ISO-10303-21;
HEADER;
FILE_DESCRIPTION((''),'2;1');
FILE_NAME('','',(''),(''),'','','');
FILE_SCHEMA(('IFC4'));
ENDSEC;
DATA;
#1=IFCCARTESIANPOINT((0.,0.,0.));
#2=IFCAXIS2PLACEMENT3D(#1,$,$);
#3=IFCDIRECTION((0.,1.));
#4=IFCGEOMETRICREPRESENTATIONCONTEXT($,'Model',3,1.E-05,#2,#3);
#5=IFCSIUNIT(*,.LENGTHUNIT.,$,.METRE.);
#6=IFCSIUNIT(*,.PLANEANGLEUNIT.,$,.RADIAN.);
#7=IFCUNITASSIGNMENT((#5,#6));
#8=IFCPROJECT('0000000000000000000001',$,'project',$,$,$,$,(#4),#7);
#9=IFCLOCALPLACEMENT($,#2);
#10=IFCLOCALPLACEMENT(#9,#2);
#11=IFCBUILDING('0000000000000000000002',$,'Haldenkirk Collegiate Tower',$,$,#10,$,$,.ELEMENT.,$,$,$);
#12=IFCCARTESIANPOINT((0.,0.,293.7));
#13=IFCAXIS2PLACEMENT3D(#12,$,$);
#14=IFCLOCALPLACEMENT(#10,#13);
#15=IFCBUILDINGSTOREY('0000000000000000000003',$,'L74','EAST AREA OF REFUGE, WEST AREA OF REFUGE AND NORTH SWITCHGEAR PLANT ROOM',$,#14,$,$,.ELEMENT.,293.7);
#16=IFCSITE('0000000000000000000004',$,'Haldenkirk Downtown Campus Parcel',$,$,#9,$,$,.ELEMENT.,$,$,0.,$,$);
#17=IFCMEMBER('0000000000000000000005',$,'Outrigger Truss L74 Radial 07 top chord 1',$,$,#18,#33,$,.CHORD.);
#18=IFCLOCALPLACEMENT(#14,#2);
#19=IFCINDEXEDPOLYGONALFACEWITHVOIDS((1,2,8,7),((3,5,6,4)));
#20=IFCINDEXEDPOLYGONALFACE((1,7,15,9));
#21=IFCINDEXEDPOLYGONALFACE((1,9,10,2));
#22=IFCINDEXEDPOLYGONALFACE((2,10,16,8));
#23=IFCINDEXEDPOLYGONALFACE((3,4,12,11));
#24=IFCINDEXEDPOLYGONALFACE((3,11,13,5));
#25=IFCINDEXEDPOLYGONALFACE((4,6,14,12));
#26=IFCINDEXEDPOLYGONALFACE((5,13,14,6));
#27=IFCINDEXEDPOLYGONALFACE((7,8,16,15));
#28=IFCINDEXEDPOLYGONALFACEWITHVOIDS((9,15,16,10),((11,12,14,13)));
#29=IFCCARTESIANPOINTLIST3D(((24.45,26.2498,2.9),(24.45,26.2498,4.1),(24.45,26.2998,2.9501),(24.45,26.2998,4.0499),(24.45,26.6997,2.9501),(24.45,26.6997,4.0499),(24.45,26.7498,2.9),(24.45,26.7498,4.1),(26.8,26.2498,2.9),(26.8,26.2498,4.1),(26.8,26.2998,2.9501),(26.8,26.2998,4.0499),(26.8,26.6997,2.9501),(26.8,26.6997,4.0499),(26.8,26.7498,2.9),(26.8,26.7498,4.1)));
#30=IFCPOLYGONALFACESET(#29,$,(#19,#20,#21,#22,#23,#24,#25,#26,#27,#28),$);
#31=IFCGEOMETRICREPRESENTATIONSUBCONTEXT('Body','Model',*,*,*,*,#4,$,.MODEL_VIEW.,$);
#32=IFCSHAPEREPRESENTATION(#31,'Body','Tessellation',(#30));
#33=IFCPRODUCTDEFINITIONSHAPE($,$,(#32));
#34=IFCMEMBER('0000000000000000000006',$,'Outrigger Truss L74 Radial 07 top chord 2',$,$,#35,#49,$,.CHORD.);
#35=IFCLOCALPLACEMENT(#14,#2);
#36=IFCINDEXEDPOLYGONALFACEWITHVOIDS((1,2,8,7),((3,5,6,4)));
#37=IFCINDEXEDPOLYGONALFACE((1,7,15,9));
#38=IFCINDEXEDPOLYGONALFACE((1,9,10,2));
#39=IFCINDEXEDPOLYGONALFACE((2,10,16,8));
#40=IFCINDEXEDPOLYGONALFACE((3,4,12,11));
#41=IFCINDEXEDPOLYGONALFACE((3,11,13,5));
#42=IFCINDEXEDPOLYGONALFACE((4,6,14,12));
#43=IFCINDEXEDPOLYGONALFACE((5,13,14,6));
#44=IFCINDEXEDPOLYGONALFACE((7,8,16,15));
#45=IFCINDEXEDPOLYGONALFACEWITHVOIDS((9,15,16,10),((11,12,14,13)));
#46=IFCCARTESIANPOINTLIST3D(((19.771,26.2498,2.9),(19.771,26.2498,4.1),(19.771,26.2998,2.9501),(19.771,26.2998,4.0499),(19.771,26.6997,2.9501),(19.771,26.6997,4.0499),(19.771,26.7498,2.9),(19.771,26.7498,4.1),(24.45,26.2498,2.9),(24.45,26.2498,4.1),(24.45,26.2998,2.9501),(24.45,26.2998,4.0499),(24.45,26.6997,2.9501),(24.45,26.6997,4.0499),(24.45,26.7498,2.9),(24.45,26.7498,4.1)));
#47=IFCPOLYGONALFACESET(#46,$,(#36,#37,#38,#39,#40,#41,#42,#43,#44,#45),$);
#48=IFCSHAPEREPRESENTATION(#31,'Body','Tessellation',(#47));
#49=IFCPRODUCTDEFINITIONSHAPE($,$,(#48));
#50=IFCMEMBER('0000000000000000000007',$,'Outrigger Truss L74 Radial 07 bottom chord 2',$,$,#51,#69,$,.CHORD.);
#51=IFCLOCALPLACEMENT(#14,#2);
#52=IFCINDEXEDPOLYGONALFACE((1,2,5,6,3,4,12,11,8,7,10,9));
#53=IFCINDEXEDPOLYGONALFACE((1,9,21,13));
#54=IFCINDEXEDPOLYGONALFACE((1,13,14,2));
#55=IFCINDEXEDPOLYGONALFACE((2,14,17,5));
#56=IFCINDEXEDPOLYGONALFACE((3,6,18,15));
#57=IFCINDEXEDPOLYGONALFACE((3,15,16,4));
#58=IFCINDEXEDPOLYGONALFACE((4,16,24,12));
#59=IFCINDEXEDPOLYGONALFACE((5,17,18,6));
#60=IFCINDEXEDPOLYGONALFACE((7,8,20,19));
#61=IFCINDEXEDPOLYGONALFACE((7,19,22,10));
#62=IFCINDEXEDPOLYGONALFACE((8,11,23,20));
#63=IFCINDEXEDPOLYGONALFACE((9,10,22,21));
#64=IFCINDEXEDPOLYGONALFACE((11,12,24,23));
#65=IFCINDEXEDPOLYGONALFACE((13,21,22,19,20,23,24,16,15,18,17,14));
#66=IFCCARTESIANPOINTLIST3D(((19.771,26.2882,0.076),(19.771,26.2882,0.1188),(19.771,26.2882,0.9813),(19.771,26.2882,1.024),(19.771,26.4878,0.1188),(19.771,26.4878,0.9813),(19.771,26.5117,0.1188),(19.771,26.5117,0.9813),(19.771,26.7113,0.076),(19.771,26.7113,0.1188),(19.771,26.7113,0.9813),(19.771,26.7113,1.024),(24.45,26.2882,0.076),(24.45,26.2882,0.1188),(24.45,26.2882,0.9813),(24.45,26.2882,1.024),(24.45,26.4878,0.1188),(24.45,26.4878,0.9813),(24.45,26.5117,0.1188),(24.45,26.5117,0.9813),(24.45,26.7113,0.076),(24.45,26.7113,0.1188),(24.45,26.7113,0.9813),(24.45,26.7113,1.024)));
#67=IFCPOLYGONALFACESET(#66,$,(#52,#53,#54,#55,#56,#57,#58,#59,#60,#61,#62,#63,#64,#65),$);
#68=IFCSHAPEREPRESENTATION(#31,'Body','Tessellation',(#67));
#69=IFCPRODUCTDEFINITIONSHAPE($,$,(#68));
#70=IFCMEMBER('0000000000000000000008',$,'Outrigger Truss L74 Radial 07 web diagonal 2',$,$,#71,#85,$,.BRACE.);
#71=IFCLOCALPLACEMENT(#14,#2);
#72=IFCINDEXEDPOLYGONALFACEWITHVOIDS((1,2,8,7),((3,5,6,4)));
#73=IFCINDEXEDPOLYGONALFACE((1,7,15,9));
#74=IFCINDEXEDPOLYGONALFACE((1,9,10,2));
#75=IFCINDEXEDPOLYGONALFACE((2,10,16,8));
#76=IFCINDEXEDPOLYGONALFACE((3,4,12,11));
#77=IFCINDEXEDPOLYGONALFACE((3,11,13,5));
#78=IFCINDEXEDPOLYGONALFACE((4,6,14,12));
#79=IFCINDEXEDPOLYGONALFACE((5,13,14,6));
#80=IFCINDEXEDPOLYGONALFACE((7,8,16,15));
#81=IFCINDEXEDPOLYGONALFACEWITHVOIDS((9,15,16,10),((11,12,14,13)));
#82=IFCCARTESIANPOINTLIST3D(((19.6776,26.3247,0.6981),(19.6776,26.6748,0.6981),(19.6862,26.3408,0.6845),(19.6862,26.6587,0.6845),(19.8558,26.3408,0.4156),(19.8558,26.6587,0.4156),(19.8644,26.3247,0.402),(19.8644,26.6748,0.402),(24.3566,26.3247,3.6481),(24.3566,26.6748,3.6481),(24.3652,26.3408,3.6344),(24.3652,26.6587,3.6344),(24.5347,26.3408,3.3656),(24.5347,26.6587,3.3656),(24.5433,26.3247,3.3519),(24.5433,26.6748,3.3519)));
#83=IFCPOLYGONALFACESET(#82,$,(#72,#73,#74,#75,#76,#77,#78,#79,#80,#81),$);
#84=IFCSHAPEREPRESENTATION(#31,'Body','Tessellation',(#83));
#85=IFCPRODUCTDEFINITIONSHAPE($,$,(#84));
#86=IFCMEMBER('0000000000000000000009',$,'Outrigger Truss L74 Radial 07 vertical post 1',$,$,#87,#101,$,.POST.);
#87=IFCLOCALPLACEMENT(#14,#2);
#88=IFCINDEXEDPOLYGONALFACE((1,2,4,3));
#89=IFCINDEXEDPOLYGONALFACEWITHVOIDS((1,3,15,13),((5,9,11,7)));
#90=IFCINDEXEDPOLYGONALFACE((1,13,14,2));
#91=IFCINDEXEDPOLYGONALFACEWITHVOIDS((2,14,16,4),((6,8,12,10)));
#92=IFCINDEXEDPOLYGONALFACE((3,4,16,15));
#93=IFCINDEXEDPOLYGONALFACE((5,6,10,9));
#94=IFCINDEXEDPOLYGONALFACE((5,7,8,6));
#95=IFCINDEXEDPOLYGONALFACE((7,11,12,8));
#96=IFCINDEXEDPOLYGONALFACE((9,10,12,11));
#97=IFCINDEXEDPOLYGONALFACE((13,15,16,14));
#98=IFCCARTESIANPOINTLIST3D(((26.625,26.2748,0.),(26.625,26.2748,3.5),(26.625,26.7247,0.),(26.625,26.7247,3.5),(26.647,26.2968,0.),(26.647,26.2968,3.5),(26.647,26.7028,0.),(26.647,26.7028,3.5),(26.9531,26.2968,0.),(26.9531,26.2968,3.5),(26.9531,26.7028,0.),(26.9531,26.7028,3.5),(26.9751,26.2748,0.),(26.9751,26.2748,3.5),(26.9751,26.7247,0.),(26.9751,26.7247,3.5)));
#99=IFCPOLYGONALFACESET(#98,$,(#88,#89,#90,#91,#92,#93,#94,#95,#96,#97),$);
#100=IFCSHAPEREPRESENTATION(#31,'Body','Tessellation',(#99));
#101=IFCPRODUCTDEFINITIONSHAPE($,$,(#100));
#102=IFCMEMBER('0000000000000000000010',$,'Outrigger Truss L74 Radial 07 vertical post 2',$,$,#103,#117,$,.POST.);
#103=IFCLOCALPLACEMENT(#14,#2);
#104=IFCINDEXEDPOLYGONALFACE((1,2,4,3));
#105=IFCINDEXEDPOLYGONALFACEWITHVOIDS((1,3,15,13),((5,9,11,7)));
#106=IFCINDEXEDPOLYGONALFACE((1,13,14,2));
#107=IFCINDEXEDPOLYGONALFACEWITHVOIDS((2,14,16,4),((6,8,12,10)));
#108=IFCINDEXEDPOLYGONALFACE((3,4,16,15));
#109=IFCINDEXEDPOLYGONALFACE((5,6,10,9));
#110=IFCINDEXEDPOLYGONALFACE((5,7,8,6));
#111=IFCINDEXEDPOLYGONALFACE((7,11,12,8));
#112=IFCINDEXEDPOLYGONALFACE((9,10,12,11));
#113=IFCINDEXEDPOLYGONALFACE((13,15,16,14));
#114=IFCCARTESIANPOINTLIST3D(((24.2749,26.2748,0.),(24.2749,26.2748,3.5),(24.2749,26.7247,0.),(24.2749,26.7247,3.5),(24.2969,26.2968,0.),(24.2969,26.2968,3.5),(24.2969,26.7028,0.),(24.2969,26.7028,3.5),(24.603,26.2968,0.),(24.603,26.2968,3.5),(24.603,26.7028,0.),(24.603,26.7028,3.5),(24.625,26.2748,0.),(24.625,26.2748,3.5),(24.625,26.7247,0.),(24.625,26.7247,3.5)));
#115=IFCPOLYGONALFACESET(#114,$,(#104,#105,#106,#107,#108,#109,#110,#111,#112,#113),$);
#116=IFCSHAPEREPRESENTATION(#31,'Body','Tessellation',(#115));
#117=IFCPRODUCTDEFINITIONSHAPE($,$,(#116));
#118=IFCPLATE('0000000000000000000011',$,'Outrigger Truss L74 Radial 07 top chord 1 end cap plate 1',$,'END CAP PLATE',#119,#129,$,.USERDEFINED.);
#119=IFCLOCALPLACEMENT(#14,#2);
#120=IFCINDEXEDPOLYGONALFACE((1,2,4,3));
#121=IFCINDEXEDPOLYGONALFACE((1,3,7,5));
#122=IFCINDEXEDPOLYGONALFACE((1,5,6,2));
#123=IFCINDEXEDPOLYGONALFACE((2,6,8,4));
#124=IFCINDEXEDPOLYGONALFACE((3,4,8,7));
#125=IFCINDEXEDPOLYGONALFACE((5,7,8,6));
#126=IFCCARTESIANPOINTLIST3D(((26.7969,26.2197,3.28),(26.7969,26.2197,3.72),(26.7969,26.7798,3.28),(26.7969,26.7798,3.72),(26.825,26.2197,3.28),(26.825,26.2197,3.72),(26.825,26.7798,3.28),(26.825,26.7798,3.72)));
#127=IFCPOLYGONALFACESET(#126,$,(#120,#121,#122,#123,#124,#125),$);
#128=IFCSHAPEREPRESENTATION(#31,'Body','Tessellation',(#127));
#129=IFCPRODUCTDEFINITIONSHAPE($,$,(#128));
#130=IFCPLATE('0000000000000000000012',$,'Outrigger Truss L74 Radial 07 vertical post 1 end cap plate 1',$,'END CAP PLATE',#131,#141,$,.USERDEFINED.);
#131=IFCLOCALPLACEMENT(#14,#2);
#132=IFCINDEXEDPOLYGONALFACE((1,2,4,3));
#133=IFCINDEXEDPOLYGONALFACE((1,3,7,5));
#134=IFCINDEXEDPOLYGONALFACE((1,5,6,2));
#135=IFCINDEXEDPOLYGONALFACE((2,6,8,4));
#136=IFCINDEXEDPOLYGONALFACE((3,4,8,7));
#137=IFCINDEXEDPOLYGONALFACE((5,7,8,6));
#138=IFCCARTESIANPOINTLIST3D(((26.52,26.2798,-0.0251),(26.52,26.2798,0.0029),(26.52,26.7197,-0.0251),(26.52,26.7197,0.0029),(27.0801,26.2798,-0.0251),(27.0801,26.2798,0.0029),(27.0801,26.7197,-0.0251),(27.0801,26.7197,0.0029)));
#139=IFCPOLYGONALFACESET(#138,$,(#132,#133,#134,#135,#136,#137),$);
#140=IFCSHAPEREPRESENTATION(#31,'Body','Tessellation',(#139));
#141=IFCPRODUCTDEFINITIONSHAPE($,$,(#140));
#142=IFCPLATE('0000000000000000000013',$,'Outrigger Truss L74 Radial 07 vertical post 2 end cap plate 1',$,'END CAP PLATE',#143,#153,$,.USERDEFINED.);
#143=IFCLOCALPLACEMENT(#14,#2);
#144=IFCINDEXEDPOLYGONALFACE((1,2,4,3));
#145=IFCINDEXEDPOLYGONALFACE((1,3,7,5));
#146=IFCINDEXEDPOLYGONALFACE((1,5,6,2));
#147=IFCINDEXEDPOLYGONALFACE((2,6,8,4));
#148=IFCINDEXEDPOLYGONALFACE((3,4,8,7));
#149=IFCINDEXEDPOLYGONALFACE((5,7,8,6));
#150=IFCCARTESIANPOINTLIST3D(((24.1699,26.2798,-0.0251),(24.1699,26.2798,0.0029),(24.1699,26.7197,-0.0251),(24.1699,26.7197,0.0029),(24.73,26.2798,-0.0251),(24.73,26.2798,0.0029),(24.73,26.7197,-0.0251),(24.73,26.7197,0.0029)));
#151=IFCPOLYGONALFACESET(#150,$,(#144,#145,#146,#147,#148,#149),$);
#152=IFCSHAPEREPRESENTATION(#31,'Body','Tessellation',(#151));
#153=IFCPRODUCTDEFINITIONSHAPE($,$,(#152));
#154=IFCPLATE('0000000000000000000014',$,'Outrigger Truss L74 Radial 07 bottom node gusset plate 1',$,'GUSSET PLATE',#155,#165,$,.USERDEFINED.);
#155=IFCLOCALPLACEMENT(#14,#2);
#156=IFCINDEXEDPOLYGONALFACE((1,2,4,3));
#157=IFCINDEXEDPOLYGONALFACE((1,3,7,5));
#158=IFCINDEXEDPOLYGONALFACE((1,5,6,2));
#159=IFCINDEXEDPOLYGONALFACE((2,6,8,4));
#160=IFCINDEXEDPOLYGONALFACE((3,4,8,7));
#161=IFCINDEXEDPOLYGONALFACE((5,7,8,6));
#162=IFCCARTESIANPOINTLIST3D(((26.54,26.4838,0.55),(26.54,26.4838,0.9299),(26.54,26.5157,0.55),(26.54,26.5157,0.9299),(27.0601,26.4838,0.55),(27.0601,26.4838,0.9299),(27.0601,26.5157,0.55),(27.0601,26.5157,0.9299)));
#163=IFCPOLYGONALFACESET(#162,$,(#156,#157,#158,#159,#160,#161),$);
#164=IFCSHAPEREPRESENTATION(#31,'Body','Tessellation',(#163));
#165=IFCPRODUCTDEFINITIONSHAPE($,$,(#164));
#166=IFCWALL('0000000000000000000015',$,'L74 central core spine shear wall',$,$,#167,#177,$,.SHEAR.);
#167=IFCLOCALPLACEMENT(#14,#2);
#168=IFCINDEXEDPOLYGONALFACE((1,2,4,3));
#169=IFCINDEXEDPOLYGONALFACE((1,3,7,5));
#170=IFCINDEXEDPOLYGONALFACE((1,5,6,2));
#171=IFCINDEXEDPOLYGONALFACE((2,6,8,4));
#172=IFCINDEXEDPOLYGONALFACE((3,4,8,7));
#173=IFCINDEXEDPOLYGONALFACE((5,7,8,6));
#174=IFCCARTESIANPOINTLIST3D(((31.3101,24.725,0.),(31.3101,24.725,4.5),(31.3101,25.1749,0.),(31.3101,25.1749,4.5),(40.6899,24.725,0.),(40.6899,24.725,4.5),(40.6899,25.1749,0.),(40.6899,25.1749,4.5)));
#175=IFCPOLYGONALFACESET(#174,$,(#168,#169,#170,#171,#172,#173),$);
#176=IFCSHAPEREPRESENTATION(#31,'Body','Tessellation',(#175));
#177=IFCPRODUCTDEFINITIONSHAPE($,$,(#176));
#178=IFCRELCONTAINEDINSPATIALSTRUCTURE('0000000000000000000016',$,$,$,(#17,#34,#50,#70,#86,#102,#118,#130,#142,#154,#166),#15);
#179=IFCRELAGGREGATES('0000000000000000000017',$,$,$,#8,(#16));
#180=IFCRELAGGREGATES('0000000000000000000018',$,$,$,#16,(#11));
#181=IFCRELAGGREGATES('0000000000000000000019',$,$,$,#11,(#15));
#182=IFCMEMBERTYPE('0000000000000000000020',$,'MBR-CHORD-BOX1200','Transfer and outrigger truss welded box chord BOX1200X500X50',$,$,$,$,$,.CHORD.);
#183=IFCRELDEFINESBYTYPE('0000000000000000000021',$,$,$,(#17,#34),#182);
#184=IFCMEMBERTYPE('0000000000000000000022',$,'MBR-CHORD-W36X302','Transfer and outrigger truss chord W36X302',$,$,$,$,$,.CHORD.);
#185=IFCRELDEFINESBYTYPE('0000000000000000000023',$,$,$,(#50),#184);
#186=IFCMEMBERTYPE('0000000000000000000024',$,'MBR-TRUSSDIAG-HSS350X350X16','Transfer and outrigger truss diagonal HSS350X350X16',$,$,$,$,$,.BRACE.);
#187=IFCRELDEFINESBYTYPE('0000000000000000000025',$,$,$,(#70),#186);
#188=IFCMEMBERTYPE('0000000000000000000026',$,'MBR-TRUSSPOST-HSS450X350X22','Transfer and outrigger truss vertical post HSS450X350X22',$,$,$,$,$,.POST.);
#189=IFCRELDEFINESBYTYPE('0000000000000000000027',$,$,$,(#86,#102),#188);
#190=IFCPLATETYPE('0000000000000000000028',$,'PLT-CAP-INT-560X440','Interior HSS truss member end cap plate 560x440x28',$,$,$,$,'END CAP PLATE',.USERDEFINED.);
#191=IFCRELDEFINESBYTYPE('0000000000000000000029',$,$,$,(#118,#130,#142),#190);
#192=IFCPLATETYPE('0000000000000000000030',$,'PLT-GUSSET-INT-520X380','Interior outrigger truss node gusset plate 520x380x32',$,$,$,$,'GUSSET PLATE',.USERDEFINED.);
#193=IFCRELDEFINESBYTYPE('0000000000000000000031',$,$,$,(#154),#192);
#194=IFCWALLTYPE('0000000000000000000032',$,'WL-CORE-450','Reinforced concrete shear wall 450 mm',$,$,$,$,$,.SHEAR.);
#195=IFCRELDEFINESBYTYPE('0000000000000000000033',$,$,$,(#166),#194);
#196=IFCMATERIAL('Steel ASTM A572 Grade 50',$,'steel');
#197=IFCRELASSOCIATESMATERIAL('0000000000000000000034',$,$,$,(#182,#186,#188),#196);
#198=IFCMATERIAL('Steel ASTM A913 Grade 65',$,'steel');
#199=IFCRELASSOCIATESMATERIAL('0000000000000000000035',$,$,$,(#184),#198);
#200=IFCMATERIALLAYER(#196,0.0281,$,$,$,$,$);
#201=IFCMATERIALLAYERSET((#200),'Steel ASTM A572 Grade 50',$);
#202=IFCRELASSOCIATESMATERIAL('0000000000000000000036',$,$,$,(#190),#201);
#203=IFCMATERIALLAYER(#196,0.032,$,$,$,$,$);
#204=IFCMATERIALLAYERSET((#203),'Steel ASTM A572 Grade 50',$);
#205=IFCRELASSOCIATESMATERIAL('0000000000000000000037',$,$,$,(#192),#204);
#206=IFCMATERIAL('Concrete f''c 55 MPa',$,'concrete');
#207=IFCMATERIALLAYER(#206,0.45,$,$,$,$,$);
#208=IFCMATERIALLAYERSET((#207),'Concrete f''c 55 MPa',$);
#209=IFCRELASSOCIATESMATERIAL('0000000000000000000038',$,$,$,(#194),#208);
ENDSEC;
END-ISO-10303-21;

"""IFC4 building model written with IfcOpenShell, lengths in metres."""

from ifc_helpers import new_model, si_unit, direction, frame, frame_2d, origin, origin_2d, place, context, subcontext, project, spatial, rectangle, hollow_rectangle, i_section, extrude, source, transform, mapped, material, layer, layer_set, material_profile, profile_set, type_object, element, save


model = new_model("IFC4")

# Units and contexts
model_context = context("Model", 3, precision=1e-05, world=origin(), true_north=direction((0.0, 1.0)))
body_context = subcontext(model_context, "Body", "Model", "MODEL_VIEW")
ifc_project = project(units=[si_unit("LENGTHUNIT", "METRE"), si_unit("PLANEANGLEUNIT", "RADIAN")], contexts=[model_context])

# Site, building, storey
site_placement = place(None, origin())
site = spatial("IfcSite", under=ifc_project, at=site_placement, Name="Haldenkirk Downtown Campus Parcel", CompositionType="ELEMENT", RefElevation=0.0)
building_placement = place(site_placement, origin())
building = spatial("IfcBuilding", under=site, at=building_placement, Name="Haldenkirk Collegiate Tower", CompositionType="ELEMENT")
storey_placement = place(building_placement, frame((0.0, 0.0, 293.7)))
storey = spatial("IfcBuildingStorey", under=building, at=storey_placement, Name="L74", Description="EAST AREA OF REFUGE, WEST AREA OF REFUGE AND NORTH SWITCHGEAR PLANT ROOM", CompositionType="ELEMENT", Elevation=293.7)

# Members
ifc_material_1 = material(Name="Steel ASTM A572 Grade 50", Category="steel")
ifc_material_profile_1 = material_profile(ifc_material_1, hollow_rectangle(XDim=0.5, YDim=1.2, WallThickness=0.05, at=origin_2d()), Name="BOX1200X500X50")
ifc_profile_set_1 = profile_set([ifc_material_profile_1], Name="Steel ASTM A572 Grade 50")
member_type_1 = type_object("IfcMemberType", Name="MBR-CHORD-BOX1200", Description="Transfer and outrigger truss welded box chord BOX1200X500X50", PredefinedType="CHORD", material=ifc_profile_set_1)
member_1_placement = place(storey_placement, frame((26.8, 26.4998, 3.5), z_axis=(-1.0, 0.0, 0.0), x_axis=(0.0, -1.0, 0.0)))
element("IfcMember", 1, at=member_1_placement, inside=storey, type_object=member_type_1, Name="Outrigger Truss L74 Radial 07 top chord 1", PredefinedType="CHORD", context=body_context, shape_type="SweptSolid", body=[
    extrude(hollow_rectangle(XDim=0.5, YDim=1.2, WallThickness=0.05, at=origin_2d()), origin(), (0.0, 0.0, 1.0), 2.3501),
])
member_2_placement = place(storey_placement, frame((24.45, 26.4998, 3.5), z_axis=(-1.0, 0.0, 0.0), x_axis=(0.0, -1.0, 0.0)))
element("IfcMember", 2, at=member_2_placement, inside=storey, type_object=member_type_1, Name="Outrigger Truss L74 Radial 07 top chord 2", PredefinedType="CHORD", context=body_context, shape_type="SweptSolid", body=[
    extrude(hollow_rectangle(XDim=0.5, YDim=1.2, WallThickness=0.05, at=origin_2d()), origin(), (0.0, 0.0, 1.0), 4.679),
])
ifc_material_2 = material(Name="Steel ASTM A913 Grade 65", Category="steel")
ifc_material_profile_2 = material_profile(ifc_material_2, i_section(OverallWidth=0.4231, OverallDepth=0.948, WebThickness=0.0239, FlangeThickness=0.0427, at=origin_2d()), Name="W36X302")
ifc_profile_set_2 = profile_set([ifc_material_profile_2], Name="Steel ASTM A913 Grade 65")
member_type_2 = type_object("IfcMemberType", Name="MBR-CHORD-W36X302", Description="Transfer and outrigger truss chord W36X302", PredefinedType="CHORD", material=ifc_profile_set_2)
member_3_placement = place(storey_placement, frame((24.45, 26.4998, 0.55), z_axis=(-1.0, 0.0, 0.0), x_axis=(0.0, -1.0, 0.0)))
element("IfcMember", 3, at=member_3_placement, inside=storey, type_object=member_type_2, Name="Outrigger Truss L74 Radial 07 bottom chord 2", PredefinedType="CHORD", context=body_context, shape_type="SweptSolid", body=[
    extrude(i_section(OverallWidth=0.4231, OverallDepth=0.948, WebThickness=0.0239, FlangeThickness=0.0427, at=origin_2d()), origin(), (0.0, 0.0, 1.0), 4.679),
])
ifc_material_profile_3 = material_profile(ifc_material_1, hollow_rectangle(XDim=0.3501, YDim=0.3501, WallThickness=0.0161, at=origin_2d()), Name="HSS350X350X16")
ifc_profile_set_3 = profile_set([ifc_material_profile_3], Name="Steel ASTM A572 Grade 50")
member_type_3 = type_object("IfcMemberType", Name="MBR-TRUSSDIAG-HSS350X350X16", Description="Transfer and outrigger truss diagonal HSS350X350X16", PredefinedType="BRACE", material=ifc_profile_set_3)
member_4_placement = place(storey_placement, frame((24.45, 26.4998, 3.5), z_axis=(-0.845911, 0.0, -0.533324), x_axis=(0.0, -1.0, 0.0)))
element("IfcMember", 4, at=member_4_placement, inside=storey, type_object=member_type_3, Name="Outrigger Truss L74 Radial 07 web diagonal 2", PredefinedType="BRACE", context=body_context, shape_type="SweptSolid", body=[
    extrude(hollow_rectangle(XDim=0.3501, YDim=0.3501, WallThickness=0.0161, at=origin_2d()), origin(), (0.0, 0.0, 1.0), 5.5312),
])
ifc_material_profile_4 = material_profile(ifc_material_1, hollow_rectangle(XDim=0.3501, YDim=0.45, WallThickness=0.022, at=origin_2d()), Name="HSS450X350X22")
ifc_profile_set_4 = profile_set([ifc_material_profile_4], Name="Steel ASTM A572 Grade 50")
member_type_4 = type_object("IfcMemberType", Name="MBR-TRUSSPOST-HSS450X350X22", Description="Transfer and outrigger truss vertical post HSS450X350X22", PredefinedType="POST", material=ifc_profile_set_4)
for number, where, z_axis, x_axis, name in (
    (5, (26.8, 26.4998, 0.0), (0.0, 0.0, 1.0), (1.0, 0.0, 0.0), "Outrigger Truss L74 Radial 07 vertical post 1"),
    (6, (24.45, 26.4998, 0.0), (0.0, 0.0, 1.0), (1.0, 0.0, 0.0), "Outrigger Truss L74 Radial 07 vertical post 2"),
):
    element("IfcMember", number, at=place(storey_placement, frame(where, z_axis=z_axis, x_axis=x_axis)), inside=storey, type_object=member_type_4, Name=name, PredefinedType="POST", context=body_context, shape_type="SweptSolid", body=[
        extrude(hollow_rectangle(XDim=0.3501, YDim=0.45, WallThickness=0.022, at=origin_2d()), origin(), (0.0, 0.0, 1.0), 3.5),
    ])

# Plates
ifc_layer_1 = layer(ifc_material_1, 0.0281)
ifc_layer_set_1 = layer_set([ifc_layer_1], Name="Steel ASTM A572 Grade 50")
plate_type_1 = type_object("IfcPlateType", Name="PLT-CAP-INT-560X440", Description="Interior HSS truss member end cap plate 560x440x28", ElementType="END CAP PLATE", PredefinedType="USERDEFINED", material=ifc_layer_set_1)
shared_shape_1 = source(origin(), body_context, "Body", "SweptSolid", [
    extrude(rectangle(XDim=0.5601, YDim=0.4399, at=origin_2d()), origin(), (0.0, 0.0, 1.0), 0.0281),
])
for number, where, z_axis, x_axis, name in (
    (7, (26.7969, 26.4998, 3.5), (1.0, 0.0, 0.0), (0.0, 1.0, 0.0), "Outrigger Truss L74 Radial 07 top chord 1 end cap plate 1"),
    (8, (26.8, 26.4998, 0.0029), (0.0, 0.0, -1.0), (1.0, 0.0, 0.0), "Outrigger Truss L74 Radial 07 vertical post 1 end cap plate 1"),
    (9, (24.45, 26.4998, 0.0029), (0.0, 0.0, -1.0), (1.0, 0.0, 0.0), "Outrigger Truss L74 Radial 07 vertical post 2 end cap plate 1"),
):
    element("IfcPlate", number, at=place(storey_placement, frame(where, z_axis=z_axis, x_axis=x_axis)), inside=storey, type_object=plate_type_1, Name=name, ObjectType="END CAP PLATE", PredefinedType="USERDEFINED", context=body_context, shape_type="MappedRepresentation", body=[
        mapped(shared_shape_1, transform((0.0, 0.0, 0.0), x_axis=(1.0, 0.0, 0.0), y_axis=(0.0, 1.0, 0.0), z_axis=(0.0, 0.0, 1.0), scale=1.0)),
    ])
ifc_layer_2 = layer(ifc_material_1, 0.032)
ifc_layer_set_2 = layer_set([ifc_layer_2], Name="Steel ASTM A572 Grade 50")
plate_type_2 = type_object("IfcPlateType", Name="PLT-GUSSET-INT-520X380", Description="Interior outrigger truss node gusset plate 520x380x32", ElementType="GUSSET PLATE", PredefinedType="USERDEFINED", material=ifc_layer_set_2)
shared_shape_2 = source(origin(), body_context, "Body", "SweptSolid", [
    extrude(rectangle(XDim=0.52, YDim=0.032, at=origin_2d()), origin(), (0.0, 0.0, 1.0), 0.3799),
])
plate_placement = place(storey_placement, frame((26.8, 26.4998, 0.55), z_axis=(0.0, 0.0, 1.0), x_axis=(-1.0, 0.0, 0.0)))
element("IfcPlate", 10, at=plate_placement, inside=storey, type_object=plate_type_2, Name="Outrigger Truss L74 Radial 07 bottom node gusset plate 1", ObjectType="GUSSET PLATE", PredefinedType="USERDEFINED", context=body_context, shape_type="MappedRepresentation", body=[
    mapped(shared_shape_2, transform((0.0, 0.0, 0.0), x_axis=(1.0, 0.0, 0.0), y_axis=(0.0, 1.0, 0.0), z_axis=(0.0, 0.0, 1.0), scale=1.0)),
])

# Wall
ifc_material_3 = material(Name="Concrete f'c 55 MPa", Category="concrete")
ifc_layer_3 = layer(ifc_material_3, 0.45)
ifc_layer_set_3 = layer_set([ifc_layer_3], Name="Concrete f'c 55 MPa")
wall_type_1 = type_object("IfcWallType", Name="WL-CORE-450", Description="Reinforced concrete shear wall 450 mm", PredefinedType="SHEAR", material=ifc_layer_set_3)
wall_1_placement = place(storey_placement, frame((31.3101, 24.95, 0.0), z_axis=(0.0, 0.0, 1.0), x_axis=(1.0, 0.0, 0.0)))
element("IfcWall", 11, at=wall_1_placement, inside=storey, type_object=wall_type_1, Name="L74 central core spine shear wall", PredefinedType="SHEAR", context=body_context, shape_type="SweptSolid", body=[
    extrude(rectangle(XDim=9.3799, YDim=0.45, at=frame_2d((4.6899, 0.0))), origin(), (0.0, 0.0, 1.0), 4.5),
])

save(model, "model.ifc")
